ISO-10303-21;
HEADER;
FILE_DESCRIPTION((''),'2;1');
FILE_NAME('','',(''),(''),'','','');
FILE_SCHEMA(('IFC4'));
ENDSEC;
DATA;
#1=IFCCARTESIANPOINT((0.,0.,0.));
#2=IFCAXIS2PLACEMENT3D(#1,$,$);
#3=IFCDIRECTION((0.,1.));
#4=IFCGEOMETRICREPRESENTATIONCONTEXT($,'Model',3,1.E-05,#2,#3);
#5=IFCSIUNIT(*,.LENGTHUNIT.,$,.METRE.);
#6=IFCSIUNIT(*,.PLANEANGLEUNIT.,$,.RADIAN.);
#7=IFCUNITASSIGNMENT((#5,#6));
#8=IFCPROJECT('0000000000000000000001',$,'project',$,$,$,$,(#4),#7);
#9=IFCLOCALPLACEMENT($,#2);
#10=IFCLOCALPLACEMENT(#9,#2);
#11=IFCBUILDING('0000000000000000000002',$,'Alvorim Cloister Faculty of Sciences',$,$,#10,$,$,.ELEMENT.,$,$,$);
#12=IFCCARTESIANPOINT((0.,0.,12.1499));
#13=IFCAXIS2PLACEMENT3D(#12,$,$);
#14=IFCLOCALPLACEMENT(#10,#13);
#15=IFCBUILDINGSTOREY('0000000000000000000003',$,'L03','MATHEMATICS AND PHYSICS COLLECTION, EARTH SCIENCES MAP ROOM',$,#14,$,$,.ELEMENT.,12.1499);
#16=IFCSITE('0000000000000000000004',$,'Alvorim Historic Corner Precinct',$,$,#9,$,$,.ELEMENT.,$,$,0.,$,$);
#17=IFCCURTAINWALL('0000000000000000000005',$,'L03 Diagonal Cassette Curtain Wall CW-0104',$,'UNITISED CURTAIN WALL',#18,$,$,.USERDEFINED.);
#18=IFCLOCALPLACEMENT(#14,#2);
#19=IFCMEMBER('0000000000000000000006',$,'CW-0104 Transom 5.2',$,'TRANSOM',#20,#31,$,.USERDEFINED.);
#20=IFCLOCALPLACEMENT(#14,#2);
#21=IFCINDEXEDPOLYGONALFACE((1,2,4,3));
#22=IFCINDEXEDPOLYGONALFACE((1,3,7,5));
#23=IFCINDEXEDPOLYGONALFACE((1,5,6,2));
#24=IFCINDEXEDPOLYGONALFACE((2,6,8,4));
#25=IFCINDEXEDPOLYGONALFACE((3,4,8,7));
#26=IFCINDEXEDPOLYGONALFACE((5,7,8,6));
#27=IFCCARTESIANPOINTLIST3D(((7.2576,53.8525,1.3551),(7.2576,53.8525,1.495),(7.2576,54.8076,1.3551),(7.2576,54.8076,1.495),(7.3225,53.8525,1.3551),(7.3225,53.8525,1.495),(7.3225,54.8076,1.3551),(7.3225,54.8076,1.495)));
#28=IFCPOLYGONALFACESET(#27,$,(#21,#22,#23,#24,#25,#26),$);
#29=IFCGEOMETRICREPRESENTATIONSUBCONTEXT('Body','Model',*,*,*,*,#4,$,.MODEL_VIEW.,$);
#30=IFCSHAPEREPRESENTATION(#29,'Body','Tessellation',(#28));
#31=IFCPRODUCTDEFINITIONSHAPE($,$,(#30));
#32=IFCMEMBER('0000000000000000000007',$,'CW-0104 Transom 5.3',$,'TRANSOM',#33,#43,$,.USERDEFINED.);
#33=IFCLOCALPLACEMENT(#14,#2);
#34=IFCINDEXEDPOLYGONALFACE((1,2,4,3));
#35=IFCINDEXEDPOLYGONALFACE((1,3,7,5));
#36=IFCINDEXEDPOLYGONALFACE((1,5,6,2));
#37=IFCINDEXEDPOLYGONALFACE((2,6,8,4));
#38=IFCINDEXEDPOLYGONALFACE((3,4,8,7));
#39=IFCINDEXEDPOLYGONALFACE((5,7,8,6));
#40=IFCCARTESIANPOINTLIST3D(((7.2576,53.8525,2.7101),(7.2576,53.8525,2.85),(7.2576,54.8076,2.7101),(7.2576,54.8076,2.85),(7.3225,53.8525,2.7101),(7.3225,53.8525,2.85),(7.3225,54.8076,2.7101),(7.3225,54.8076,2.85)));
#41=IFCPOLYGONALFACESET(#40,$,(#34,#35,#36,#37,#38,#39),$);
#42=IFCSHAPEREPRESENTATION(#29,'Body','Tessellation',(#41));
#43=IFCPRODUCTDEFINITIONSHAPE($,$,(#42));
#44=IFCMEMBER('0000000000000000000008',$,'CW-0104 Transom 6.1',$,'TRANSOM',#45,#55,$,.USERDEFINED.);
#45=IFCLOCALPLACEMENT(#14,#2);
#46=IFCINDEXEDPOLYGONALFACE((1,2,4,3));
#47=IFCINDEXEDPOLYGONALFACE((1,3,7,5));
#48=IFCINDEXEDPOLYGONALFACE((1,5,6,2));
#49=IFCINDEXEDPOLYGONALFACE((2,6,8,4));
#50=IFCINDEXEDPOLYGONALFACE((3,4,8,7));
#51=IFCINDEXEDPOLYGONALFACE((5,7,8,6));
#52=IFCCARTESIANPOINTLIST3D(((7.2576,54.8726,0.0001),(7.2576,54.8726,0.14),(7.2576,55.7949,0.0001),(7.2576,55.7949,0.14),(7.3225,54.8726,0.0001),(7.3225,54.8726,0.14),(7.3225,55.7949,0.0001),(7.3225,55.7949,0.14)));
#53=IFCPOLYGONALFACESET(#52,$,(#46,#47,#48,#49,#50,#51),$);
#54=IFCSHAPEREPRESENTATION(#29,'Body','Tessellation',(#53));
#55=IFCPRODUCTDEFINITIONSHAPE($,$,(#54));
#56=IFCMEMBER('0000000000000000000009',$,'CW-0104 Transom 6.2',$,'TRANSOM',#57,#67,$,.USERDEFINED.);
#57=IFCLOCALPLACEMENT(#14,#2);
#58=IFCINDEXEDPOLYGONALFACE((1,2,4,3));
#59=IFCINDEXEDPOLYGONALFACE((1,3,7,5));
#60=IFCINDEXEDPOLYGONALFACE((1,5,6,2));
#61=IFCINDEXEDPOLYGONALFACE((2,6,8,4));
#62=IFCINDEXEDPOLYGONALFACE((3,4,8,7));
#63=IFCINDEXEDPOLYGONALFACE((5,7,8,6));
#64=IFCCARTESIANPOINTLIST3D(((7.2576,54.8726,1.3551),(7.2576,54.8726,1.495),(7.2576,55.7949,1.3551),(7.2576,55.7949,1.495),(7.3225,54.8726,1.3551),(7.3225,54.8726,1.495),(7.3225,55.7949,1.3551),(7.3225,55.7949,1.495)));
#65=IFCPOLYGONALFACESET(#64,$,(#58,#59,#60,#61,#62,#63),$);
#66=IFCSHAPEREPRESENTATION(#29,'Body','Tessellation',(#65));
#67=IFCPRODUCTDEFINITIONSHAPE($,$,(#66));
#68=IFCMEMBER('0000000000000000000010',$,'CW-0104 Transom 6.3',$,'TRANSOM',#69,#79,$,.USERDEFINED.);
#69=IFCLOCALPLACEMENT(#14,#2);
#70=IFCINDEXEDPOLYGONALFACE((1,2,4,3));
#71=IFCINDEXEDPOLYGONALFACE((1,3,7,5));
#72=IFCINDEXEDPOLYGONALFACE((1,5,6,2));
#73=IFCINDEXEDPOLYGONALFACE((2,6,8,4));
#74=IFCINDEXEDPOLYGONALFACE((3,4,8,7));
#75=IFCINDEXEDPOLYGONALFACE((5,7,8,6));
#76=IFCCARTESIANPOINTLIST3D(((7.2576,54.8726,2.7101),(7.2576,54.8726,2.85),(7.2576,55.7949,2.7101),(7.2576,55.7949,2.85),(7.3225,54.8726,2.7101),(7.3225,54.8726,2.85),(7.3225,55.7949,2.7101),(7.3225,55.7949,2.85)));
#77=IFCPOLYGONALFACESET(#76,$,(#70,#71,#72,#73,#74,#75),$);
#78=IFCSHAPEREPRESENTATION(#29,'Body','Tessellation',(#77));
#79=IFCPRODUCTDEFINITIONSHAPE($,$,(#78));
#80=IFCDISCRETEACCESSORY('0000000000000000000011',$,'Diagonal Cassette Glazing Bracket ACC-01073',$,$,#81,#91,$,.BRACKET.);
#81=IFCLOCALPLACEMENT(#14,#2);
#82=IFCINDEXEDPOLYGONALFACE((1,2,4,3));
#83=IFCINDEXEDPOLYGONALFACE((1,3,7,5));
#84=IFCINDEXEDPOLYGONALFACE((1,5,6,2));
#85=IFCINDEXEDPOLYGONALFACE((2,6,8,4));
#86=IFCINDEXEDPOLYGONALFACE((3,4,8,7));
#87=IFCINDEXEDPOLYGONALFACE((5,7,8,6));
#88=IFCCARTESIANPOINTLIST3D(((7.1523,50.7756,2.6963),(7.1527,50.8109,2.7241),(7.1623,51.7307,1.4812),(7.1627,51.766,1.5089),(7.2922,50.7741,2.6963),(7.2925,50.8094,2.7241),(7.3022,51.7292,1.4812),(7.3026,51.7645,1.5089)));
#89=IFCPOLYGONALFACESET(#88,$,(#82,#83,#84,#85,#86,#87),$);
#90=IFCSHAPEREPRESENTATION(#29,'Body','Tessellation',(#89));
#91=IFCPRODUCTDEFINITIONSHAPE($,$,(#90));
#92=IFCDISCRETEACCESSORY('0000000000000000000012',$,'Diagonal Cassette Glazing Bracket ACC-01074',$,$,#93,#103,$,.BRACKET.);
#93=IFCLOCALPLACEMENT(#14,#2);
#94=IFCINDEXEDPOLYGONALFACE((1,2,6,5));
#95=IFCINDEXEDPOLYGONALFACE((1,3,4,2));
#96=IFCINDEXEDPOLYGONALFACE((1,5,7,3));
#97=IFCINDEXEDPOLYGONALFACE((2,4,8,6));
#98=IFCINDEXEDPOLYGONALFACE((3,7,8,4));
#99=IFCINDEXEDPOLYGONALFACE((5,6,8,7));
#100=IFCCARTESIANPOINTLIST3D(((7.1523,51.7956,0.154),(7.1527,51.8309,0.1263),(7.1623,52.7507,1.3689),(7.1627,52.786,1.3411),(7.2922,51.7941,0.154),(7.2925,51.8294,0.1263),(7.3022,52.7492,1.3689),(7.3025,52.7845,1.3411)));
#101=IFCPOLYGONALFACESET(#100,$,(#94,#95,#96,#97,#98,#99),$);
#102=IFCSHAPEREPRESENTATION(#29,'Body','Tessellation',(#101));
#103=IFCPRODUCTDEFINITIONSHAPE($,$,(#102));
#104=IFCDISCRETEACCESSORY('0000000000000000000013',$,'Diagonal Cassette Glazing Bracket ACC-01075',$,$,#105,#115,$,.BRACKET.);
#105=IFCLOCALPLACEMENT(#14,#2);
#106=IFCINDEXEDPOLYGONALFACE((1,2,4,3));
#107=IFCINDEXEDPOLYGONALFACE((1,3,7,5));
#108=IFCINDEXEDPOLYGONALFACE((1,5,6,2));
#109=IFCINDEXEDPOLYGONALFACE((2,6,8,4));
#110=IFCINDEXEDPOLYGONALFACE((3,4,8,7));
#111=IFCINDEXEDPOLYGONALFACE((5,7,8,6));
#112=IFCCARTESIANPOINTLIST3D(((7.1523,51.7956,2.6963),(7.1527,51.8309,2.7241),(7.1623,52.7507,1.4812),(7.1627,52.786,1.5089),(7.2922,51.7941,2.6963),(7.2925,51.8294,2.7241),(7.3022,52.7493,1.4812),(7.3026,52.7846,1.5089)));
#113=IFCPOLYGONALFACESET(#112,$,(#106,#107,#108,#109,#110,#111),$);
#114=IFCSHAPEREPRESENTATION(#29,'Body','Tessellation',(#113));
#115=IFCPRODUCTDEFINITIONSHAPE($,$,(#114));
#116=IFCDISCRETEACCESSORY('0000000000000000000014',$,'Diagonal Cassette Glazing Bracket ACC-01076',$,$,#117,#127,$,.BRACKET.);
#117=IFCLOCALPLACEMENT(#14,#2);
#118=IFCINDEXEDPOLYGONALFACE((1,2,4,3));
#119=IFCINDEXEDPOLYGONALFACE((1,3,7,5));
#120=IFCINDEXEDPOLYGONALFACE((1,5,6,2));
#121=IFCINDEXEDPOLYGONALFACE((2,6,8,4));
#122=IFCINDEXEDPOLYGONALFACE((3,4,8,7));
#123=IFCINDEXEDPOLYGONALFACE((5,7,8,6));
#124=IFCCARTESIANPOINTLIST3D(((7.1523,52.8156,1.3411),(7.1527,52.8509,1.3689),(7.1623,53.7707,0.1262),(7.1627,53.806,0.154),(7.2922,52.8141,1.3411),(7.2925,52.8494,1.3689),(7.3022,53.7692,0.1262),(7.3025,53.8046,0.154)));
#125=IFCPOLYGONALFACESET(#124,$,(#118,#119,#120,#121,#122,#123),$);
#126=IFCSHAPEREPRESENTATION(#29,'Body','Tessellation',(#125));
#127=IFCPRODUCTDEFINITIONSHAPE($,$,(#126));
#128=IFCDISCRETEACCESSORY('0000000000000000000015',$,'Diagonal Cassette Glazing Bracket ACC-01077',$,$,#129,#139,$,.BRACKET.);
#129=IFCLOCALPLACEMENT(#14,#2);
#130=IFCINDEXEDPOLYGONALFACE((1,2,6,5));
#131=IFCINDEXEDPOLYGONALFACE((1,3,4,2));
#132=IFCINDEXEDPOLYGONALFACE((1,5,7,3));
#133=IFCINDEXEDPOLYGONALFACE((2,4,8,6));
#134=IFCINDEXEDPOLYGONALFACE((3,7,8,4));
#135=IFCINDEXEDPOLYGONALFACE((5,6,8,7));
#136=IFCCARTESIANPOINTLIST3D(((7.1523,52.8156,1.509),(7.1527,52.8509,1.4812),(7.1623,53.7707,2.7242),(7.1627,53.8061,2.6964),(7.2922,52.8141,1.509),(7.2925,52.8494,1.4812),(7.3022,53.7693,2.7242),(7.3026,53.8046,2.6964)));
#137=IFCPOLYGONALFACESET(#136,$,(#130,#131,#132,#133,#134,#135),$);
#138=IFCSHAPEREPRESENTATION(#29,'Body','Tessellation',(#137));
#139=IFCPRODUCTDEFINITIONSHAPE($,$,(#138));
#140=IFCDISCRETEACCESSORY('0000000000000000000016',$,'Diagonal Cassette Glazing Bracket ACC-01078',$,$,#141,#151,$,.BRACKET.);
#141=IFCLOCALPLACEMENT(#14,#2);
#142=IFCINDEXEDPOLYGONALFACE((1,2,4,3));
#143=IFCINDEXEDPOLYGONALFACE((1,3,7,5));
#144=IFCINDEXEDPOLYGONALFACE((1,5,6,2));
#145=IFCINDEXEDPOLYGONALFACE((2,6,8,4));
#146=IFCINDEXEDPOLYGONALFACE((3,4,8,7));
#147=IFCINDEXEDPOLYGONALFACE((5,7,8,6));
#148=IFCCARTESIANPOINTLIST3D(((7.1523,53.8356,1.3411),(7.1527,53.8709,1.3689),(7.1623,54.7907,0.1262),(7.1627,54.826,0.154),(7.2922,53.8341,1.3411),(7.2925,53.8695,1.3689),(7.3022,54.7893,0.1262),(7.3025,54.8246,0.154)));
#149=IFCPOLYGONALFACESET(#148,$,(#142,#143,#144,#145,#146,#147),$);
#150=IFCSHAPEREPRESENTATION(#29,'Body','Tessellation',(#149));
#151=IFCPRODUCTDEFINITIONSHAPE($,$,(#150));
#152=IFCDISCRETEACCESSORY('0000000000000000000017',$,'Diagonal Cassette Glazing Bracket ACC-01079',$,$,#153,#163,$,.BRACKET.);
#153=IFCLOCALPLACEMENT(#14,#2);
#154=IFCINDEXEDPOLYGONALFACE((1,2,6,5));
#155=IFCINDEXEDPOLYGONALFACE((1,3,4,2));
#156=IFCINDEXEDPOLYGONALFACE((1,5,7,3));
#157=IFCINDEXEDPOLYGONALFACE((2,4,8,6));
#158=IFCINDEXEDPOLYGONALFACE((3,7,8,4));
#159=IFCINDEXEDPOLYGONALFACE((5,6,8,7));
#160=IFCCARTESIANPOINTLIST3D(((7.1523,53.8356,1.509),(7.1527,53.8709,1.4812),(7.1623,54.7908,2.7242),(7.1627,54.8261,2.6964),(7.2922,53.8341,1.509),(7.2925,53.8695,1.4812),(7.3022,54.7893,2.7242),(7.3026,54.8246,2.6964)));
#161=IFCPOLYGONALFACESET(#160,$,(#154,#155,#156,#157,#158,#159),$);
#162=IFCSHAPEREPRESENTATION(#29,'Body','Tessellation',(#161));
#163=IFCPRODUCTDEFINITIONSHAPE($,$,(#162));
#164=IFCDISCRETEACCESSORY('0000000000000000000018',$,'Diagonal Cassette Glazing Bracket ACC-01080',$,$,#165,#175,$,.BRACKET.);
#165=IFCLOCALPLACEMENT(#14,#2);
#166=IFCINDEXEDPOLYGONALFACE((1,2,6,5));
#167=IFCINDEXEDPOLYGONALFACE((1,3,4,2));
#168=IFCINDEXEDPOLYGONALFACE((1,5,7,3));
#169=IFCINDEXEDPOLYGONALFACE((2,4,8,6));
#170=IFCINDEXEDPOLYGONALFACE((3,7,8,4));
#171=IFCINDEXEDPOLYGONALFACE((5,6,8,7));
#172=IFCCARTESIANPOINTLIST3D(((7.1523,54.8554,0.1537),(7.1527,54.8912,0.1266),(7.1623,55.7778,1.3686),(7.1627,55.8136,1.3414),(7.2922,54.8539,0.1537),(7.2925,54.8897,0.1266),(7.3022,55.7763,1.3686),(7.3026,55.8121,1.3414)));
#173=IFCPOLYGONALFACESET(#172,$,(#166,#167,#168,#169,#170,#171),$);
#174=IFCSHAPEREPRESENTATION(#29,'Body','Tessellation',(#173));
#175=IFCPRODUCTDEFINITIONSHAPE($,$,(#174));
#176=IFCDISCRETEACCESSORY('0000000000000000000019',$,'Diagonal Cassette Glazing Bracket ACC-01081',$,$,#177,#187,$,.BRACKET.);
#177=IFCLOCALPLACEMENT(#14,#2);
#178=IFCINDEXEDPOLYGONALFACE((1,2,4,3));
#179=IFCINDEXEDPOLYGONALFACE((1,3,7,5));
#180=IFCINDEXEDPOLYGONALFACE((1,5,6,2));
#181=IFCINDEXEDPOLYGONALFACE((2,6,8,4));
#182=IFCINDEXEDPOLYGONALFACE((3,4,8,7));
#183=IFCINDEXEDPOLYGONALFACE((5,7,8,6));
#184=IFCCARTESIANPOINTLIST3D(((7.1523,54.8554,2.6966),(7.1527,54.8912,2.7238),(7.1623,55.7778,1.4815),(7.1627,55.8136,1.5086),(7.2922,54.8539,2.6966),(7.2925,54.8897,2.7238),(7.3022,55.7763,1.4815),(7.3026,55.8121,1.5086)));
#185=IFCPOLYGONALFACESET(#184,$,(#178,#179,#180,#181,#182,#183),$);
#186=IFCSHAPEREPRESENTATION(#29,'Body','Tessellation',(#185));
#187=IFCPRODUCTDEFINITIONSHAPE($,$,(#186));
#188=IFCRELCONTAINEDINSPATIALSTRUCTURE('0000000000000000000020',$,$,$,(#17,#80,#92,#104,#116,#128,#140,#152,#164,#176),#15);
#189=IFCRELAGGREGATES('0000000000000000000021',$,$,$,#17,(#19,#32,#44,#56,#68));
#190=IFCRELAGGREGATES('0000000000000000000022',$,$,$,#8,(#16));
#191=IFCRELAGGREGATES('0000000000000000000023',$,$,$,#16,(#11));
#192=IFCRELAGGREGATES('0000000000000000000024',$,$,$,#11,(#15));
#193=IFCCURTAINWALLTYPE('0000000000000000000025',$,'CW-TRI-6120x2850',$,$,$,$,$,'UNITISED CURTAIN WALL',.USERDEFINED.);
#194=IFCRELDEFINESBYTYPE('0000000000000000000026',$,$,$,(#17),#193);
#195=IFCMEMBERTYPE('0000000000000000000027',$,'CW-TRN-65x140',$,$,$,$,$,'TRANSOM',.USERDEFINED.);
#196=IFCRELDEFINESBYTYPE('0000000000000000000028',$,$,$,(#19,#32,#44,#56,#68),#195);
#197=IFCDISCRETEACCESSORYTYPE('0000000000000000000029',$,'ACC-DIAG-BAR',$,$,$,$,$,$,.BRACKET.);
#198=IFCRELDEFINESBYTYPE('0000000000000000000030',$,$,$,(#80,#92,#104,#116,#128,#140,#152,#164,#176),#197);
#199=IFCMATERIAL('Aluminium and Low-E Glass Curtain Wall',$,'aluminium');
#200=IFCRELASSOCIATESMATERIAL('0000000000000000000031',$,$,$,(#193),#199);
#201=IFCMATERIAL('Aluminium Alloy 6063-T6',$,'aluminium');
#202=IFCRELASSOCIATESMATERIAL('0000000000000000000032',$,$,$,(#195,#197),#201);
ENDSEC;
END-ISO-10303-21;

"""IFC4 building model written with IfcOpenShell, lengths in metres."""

from ifc_helpers import new_model, si_unit, direction, frame, origin, origin_2d, place, context, subcontext, project, spatial, rectangle, extrude, material, material_profile, profile_set, type_object, element, aggregate, save


model = new_model("IFC4")

# Units and contexts
model_context = context("Model", 3, precision=1e-05, world=origin(), true_north=direction((0.0, 1.0)))
body_context = subcontext(model_context, "Body", "Model", "MODEL_VIEW")
ifc_project = project(units=[si_unit("LENGTHUNIT", "METRE"), si_unit("PLANEANGLEUNIT", "RADIAN")], contexts=[model_context])

# Site, building, storey
site_placement = place(None, origin())
site = spatial("IfcSite", under=ifc_project, at=site_placement, Name="Alvorim Historic Corner Precinct", CompositionType="ELEMENT", RefElevation=0.0)
building_placement = place(site_placement, origin())
building = spatial("IfcBuilding", under=site, at=building_placement, Name="Alvorim Cloister Faculty of Sciences", CompositionType="ELEMENT")
storey_placement = place(building_placement, frame((0.0, 0.0, 12.1499)))
storey = spatial("IfcBuildingStorey", under=building, at=storey_placement, Name="L03", Description="MATHEMATICS AND PHYSICS COLLECTION, EARTH SCIENCES MAP ROOM", CompositionType="ELEMENT", Elevation=12.1499)

# Curtain wall, members
ifc_material_1 = material(Name="Aluminium and Low-E Glass Curtain Wall", Category="aluminium")
curtain_wall_type = type_object("IfcCurtainWallType", Name="CW-TRI-6120x2850", ElementType="UNITISED CURTAIN WALL", PredefinedType="USERDEFINED", material=ifc_material_1)
curtain_wall_placement = place(storey_placement, origin())
curtain_wall = element("IfcCurtainWall", 1, at=curtain_wall_placement, inside=storey, type_object=curtain_wall_type, Name="L03 Diagonal Cassette Curtain Wall CW-0104", ObjectType="UNITISED CURTAIN WALL", PredefinedType="USERDEFINED")
ifc_material_2 = material(Name="Aluminium Alloy 6063-T6", Category="aluminium")
ifc_material_profile_1 = material_profile(ifc_material_2, rectangle(XDim=0.0649, YDim=0.1399, at=origin_2d()), Name="ALU-TRN-65x140")
ifc_profile_set_1 = profile_set([ifc_material_profile_1], Name="Aluminium Alloy 6063-T6")
member_type_1 = type_object("IfcMemberType", Name="CW-TRN-65x140", ElementType="TRANSOM", PredefinedType="USERDEFINED", material=ifc_profile_set_1)
member_1_placement = place(storey_placement, frame((7.29, 53.8525, 1.425), z_axis=(0.0, 1.0, 0.0), x_axis=(-1.0, 0.0, 0.0)))
member_1 = element("IfcMember", 2, at=member_1_placement, type_object=member_type_1, Name="CW-0104 Transom 5.2", ObjectType="TRANSOM", PredefinedType="USERDEFINED", context=body_context, shape_type="SweptSolid", body=[
    extrude(rectangle(XDim=0.0649, YDim=0.1399, at=origin_2d()), origin(), (0.0, 0.0, 1.0), 0.9551),
])
member_2_placement = place(storey_placement, frame((7.29, 53.8525, 2.78), z_axis=(0.0, 1.0, 0.0), x_axis=(-1.0, 0.0, 0.0)))
member_2 = element("IfcMember", 3, at=member_2_placement, type_object=member_type_1, Name="CW-0104 Transom 5.3", ObjectType="TRANSOM", PredefinedType="USERDEFINED", context=body_context, shape_type="SweptSolid", body=[
    extrude(rectangle(XDim=0.0649, YDim=0.1399, at=origin_2d()), origin(), (0.0, 0.0, 1.0), 0.9551),
])
member_3_placement = place(storey_placement, frame((7.29, 54.8726, 0.0701), z_axis=(0.0, 1.0, 0.0), x_axis=(-1.0, 0.0, 0.0)))
member_3 = element("IfcMember", 4, at=member_3_placement, type_object=member_type_1, Name="CW-0104 Transom 6.1", ObjectType="TRANSOM", PredefinedType="USERDEFINED", context=body_context, shape_type="SweptSolid", body=[
    extrude(rectangle(XDim=0.0649, YDim=0.1399, at=origin_2d()), origin(), (0.0, 0.0, 1.0), 0.9224),
])
member_4_placement = place(storey_placement, frame((7.29, 54.8726, 1.425), z_axis=(0.0, 1.0, 0.0), x_axis=(-1.0, 0.0, 0.0)))
member_4 = element("IfcMember", 5, at=member_4_placement, type_object=member_type_1, Name="CW-0104 Transom 6.2", ObjectType="TRANSOM", PredefinedType="USERDEFINED", context=body_context, shape_type="SweptSolid", body=[
    extrude(rectangle(XDim=0.0649, YDim=0.1399, at=origin_2d()), origin(), (0.0, 0.0, 1.0), 0.9224),
])
member_5_placement = place(storey_placement, frame((7.29, 54.8726, 2.78), z_axis=(0.0, 1.0, 0.0), x_axis=(-1.0, 0.0, 0.0)))
member_5 = element("IfcMember", 6, at=member_5_placement, type_object=member_type_1, Name="CW-0104 Transom 6.3", ObjectType="TRANSOM", PredefinedType="USERDEFINED", context=body_context, shape_type="SweptSolid", body=[
    extrude(rectangle(XDim=0.0649, YDim=0.1399, at=origin_2d()), origin(), (0.0, 0.0, 1.0), 0.9224),
])
aggregate(curtain_wall, [member_1, member_2, member_3, member_4, member_5])

# Discrete accessories
discrete_accessory_type = type_object("IfcDiscreteAccessoryType", Name="ACC-DIAG-BAR", PredefinedType="BRACKET", material=ifc_material_2)
discrete_accessory_1_placement = place(storey_placement, frame((7.2224, 50.7925, 2.7102), z_axis=(0.006477, 0.617955, -0.786187), x_axis=(-0.999945, 0.01048, 0.0)))
element("IfcDiscreteAccessory", 7, at=discrete_accessory_1_placement, inside=storey, type_object=discrete_accessory_type, Name="Diagonal Cassette Glazing Bracket ACC-01073", PredefinedType="BRACKET", context=body_context, shape_type="SweptSolid", body=[
    extrude(rectangle(XDim=0.1399, YDim=0.0449, at=origin_2d()), origin(), (0.0, 0.0, 1.0), 1.5457),
])
discrete_accessory_2_placement = place(storey_placement, frame((7.2224, 51.8125, 0.1401), z_axis=(0.006477, 0.618032, 0.786126), x_axis=(-0.999945, 0.01048, 0.0)))
element("IfcDiscreteAccessory", 8, at=discrete_accessory_2_placement, inside=storey, type_object=discrete_accessory_type, Name="Diagonal Cassette Glazing Bracket ACC-01074", PredefinedType="BRACKET", context=body_context, shape_type="SweptSolid", body=[
    extrude(rectangle(XDim=0.1399, YDim=0.0449, at=origin_2d()), origin(), (0.0, 0.0, 1.0), 1.5454),
])
discrete_accessory_3_placement = place(storey_placement, frame((7.2224, 51.8125, 2.7102), z_axis=(0.006477, 0.617955, -0.786187), x_axis=(-0.999945, 0.01048, 0.0)))
element("IfcDiscreteAccessory", 9, at=discrete_accessory_3_placement, inside=storey, type_object=discrete_accessory_type, Name="Diagonal Cassette Glazing Bracket ACC-01075", PredefinedType="BRACKET", context=body_context, shape_type="SweptSolid", body=[
    extrude(rectangle(XDim=0.1399, YDim=0.0449, at=origin_2d()), origin(), (0.0, 0.0, 1.0), 1.5457),
])
discrete_accessory_4_placement = place(storey_placement, frame((7.2224, 52.8325, 1.355), z_axis=(0.006477, 0.618032, -0.786126), x_axis=(-0.999945, 0.01048, 0.0)))
element("IfcDiscreteAccessory", 10, at=discrete_accessory_4_placement, inside=storey, type_object=discrete_accessory_type, Name="Diagonal Cassette Glazing Bracket ACC-01076", PredefinedType="BRACKET", context=body_context, shape_type="SweptSolid", body=[
    extrude(rectangle(XDim=0.1399, YDim=0.0449, at=origin_2d()), origin(), (0.0, 0.0, 1.0), 1.5454),
])
discrete_accessory_5_placement = place(storey_placement, frame((7.2224, 52.8325, 1.4951), z_axis=(0.006477, 0.617955, 0.786187), x_axis=(-0.999945, 0.01048, 0.0)))
element("IfcDiscreteAccessory", 11, at=discrete_accessory_5_placement, inside=storey, type_object=discrete_accessory_type, Name="Diagonal Cassette Glazing Bracket ACC-01077", PredefinedType="BRACKET", context=body_context, shape_type="SweptSolid", body=[
    extrude(rectangle(XDim=0.1399, YDim=0.0449, at=origin_2d()), origin(), (0.0, 0.0, 1.0), 1.5457),
])
discrete_accessory_6_placement = place(storey_placement, frame((7.2224, 53.8525, 1.355), z_axis=(0.006477, 0.618032, -0.786126), x_axis=(-0.999945, 0.01048, 0.0)))
element("IfcDiscreteAccessory", 12, at=discrete_accessory_6_placement, inside=storey, type_object=discrete_accessory_type, Name="Diagonal Cassette Glazing Bracket ACC-01078", PredefinedType="BRACKET", context=body_context, shape_type="SweptSolid", body=[
    extrude(rectangle(XDim=0.1399, YDim=0.0449, at=origin_2d()), origin(), (0.0, 0.0, 1.0), 1.5454),
])
discrete_accessory_7_placement = place(storey_placement, frame((7.2224, 53.8525, 1.4951), z_axis=(0.006477, 0.617955, 0.786187), x_axis=(-0.999945, 0.01048, 0.0)))
element("IfcDiscreteAccessory", 13, at=discrete_accessory_7_placement, inside=storey, type_object=discrete_accessory_type, Name="Diagonal Cassette Glazing Bracket ACC-01079", PredefinedType="BRACKET", context=body_context, shape_type="SweptSolid", body=[
    extrude(rectangle(XDim=0.1399, YDim=0.0449, at=origin_2d()), origin(), (0.0, 0.0, 1.0), 1.5457),
])
discrete_accessory_8_placement = place(storey_placement, frame((7.2224, 54.8726, 0.1401), z_axis=(0.006562, 0.604689, 0.796435), x_axis=(-0.999941, 0.010852, 0.0)))
element("IfcDiscreteAccessory", 14, at=discrete_accessory_8_placement, inside=storey, type_object=discrete_accessory_type, Name="Diagonal Cassette Glazing Bracket ACC-01080", PredefinedType="BRACKET", context=body_context, shape_type="SweptSolid", body=[
    extrude(rectangle(XDim=0.1399, YDim=0.0449, at=origin_2d()), origin(), (0.0, 0.0, 1.0), 1.5254),
])
discrete_accessory_9_placement = place(storey_placement, frame((7.2224, 54.8726, 2.7102), z_axis=(0.006561, 0.604612, -0.796493), x_axis=(-0.999941, 0.010852, 0.0)))
element("IfcDiscreteAccessory", 15, at=discrete_accessory_9_placement, inside=storey, type_object=discrete_accessory_type, Name="Diagonal Cassette Glazing Bracket ACC-01081", PredefinedType="BRACKET", context=body_context, shape_type="SweptSolid", body=[
    extrude(rectangle(XDim=0.1399, YDim=0.0449, at=origin_2d()), origin(), (0.0, 0.0, 1.0), 1.5256),
])

save(model, "model.ifc")
